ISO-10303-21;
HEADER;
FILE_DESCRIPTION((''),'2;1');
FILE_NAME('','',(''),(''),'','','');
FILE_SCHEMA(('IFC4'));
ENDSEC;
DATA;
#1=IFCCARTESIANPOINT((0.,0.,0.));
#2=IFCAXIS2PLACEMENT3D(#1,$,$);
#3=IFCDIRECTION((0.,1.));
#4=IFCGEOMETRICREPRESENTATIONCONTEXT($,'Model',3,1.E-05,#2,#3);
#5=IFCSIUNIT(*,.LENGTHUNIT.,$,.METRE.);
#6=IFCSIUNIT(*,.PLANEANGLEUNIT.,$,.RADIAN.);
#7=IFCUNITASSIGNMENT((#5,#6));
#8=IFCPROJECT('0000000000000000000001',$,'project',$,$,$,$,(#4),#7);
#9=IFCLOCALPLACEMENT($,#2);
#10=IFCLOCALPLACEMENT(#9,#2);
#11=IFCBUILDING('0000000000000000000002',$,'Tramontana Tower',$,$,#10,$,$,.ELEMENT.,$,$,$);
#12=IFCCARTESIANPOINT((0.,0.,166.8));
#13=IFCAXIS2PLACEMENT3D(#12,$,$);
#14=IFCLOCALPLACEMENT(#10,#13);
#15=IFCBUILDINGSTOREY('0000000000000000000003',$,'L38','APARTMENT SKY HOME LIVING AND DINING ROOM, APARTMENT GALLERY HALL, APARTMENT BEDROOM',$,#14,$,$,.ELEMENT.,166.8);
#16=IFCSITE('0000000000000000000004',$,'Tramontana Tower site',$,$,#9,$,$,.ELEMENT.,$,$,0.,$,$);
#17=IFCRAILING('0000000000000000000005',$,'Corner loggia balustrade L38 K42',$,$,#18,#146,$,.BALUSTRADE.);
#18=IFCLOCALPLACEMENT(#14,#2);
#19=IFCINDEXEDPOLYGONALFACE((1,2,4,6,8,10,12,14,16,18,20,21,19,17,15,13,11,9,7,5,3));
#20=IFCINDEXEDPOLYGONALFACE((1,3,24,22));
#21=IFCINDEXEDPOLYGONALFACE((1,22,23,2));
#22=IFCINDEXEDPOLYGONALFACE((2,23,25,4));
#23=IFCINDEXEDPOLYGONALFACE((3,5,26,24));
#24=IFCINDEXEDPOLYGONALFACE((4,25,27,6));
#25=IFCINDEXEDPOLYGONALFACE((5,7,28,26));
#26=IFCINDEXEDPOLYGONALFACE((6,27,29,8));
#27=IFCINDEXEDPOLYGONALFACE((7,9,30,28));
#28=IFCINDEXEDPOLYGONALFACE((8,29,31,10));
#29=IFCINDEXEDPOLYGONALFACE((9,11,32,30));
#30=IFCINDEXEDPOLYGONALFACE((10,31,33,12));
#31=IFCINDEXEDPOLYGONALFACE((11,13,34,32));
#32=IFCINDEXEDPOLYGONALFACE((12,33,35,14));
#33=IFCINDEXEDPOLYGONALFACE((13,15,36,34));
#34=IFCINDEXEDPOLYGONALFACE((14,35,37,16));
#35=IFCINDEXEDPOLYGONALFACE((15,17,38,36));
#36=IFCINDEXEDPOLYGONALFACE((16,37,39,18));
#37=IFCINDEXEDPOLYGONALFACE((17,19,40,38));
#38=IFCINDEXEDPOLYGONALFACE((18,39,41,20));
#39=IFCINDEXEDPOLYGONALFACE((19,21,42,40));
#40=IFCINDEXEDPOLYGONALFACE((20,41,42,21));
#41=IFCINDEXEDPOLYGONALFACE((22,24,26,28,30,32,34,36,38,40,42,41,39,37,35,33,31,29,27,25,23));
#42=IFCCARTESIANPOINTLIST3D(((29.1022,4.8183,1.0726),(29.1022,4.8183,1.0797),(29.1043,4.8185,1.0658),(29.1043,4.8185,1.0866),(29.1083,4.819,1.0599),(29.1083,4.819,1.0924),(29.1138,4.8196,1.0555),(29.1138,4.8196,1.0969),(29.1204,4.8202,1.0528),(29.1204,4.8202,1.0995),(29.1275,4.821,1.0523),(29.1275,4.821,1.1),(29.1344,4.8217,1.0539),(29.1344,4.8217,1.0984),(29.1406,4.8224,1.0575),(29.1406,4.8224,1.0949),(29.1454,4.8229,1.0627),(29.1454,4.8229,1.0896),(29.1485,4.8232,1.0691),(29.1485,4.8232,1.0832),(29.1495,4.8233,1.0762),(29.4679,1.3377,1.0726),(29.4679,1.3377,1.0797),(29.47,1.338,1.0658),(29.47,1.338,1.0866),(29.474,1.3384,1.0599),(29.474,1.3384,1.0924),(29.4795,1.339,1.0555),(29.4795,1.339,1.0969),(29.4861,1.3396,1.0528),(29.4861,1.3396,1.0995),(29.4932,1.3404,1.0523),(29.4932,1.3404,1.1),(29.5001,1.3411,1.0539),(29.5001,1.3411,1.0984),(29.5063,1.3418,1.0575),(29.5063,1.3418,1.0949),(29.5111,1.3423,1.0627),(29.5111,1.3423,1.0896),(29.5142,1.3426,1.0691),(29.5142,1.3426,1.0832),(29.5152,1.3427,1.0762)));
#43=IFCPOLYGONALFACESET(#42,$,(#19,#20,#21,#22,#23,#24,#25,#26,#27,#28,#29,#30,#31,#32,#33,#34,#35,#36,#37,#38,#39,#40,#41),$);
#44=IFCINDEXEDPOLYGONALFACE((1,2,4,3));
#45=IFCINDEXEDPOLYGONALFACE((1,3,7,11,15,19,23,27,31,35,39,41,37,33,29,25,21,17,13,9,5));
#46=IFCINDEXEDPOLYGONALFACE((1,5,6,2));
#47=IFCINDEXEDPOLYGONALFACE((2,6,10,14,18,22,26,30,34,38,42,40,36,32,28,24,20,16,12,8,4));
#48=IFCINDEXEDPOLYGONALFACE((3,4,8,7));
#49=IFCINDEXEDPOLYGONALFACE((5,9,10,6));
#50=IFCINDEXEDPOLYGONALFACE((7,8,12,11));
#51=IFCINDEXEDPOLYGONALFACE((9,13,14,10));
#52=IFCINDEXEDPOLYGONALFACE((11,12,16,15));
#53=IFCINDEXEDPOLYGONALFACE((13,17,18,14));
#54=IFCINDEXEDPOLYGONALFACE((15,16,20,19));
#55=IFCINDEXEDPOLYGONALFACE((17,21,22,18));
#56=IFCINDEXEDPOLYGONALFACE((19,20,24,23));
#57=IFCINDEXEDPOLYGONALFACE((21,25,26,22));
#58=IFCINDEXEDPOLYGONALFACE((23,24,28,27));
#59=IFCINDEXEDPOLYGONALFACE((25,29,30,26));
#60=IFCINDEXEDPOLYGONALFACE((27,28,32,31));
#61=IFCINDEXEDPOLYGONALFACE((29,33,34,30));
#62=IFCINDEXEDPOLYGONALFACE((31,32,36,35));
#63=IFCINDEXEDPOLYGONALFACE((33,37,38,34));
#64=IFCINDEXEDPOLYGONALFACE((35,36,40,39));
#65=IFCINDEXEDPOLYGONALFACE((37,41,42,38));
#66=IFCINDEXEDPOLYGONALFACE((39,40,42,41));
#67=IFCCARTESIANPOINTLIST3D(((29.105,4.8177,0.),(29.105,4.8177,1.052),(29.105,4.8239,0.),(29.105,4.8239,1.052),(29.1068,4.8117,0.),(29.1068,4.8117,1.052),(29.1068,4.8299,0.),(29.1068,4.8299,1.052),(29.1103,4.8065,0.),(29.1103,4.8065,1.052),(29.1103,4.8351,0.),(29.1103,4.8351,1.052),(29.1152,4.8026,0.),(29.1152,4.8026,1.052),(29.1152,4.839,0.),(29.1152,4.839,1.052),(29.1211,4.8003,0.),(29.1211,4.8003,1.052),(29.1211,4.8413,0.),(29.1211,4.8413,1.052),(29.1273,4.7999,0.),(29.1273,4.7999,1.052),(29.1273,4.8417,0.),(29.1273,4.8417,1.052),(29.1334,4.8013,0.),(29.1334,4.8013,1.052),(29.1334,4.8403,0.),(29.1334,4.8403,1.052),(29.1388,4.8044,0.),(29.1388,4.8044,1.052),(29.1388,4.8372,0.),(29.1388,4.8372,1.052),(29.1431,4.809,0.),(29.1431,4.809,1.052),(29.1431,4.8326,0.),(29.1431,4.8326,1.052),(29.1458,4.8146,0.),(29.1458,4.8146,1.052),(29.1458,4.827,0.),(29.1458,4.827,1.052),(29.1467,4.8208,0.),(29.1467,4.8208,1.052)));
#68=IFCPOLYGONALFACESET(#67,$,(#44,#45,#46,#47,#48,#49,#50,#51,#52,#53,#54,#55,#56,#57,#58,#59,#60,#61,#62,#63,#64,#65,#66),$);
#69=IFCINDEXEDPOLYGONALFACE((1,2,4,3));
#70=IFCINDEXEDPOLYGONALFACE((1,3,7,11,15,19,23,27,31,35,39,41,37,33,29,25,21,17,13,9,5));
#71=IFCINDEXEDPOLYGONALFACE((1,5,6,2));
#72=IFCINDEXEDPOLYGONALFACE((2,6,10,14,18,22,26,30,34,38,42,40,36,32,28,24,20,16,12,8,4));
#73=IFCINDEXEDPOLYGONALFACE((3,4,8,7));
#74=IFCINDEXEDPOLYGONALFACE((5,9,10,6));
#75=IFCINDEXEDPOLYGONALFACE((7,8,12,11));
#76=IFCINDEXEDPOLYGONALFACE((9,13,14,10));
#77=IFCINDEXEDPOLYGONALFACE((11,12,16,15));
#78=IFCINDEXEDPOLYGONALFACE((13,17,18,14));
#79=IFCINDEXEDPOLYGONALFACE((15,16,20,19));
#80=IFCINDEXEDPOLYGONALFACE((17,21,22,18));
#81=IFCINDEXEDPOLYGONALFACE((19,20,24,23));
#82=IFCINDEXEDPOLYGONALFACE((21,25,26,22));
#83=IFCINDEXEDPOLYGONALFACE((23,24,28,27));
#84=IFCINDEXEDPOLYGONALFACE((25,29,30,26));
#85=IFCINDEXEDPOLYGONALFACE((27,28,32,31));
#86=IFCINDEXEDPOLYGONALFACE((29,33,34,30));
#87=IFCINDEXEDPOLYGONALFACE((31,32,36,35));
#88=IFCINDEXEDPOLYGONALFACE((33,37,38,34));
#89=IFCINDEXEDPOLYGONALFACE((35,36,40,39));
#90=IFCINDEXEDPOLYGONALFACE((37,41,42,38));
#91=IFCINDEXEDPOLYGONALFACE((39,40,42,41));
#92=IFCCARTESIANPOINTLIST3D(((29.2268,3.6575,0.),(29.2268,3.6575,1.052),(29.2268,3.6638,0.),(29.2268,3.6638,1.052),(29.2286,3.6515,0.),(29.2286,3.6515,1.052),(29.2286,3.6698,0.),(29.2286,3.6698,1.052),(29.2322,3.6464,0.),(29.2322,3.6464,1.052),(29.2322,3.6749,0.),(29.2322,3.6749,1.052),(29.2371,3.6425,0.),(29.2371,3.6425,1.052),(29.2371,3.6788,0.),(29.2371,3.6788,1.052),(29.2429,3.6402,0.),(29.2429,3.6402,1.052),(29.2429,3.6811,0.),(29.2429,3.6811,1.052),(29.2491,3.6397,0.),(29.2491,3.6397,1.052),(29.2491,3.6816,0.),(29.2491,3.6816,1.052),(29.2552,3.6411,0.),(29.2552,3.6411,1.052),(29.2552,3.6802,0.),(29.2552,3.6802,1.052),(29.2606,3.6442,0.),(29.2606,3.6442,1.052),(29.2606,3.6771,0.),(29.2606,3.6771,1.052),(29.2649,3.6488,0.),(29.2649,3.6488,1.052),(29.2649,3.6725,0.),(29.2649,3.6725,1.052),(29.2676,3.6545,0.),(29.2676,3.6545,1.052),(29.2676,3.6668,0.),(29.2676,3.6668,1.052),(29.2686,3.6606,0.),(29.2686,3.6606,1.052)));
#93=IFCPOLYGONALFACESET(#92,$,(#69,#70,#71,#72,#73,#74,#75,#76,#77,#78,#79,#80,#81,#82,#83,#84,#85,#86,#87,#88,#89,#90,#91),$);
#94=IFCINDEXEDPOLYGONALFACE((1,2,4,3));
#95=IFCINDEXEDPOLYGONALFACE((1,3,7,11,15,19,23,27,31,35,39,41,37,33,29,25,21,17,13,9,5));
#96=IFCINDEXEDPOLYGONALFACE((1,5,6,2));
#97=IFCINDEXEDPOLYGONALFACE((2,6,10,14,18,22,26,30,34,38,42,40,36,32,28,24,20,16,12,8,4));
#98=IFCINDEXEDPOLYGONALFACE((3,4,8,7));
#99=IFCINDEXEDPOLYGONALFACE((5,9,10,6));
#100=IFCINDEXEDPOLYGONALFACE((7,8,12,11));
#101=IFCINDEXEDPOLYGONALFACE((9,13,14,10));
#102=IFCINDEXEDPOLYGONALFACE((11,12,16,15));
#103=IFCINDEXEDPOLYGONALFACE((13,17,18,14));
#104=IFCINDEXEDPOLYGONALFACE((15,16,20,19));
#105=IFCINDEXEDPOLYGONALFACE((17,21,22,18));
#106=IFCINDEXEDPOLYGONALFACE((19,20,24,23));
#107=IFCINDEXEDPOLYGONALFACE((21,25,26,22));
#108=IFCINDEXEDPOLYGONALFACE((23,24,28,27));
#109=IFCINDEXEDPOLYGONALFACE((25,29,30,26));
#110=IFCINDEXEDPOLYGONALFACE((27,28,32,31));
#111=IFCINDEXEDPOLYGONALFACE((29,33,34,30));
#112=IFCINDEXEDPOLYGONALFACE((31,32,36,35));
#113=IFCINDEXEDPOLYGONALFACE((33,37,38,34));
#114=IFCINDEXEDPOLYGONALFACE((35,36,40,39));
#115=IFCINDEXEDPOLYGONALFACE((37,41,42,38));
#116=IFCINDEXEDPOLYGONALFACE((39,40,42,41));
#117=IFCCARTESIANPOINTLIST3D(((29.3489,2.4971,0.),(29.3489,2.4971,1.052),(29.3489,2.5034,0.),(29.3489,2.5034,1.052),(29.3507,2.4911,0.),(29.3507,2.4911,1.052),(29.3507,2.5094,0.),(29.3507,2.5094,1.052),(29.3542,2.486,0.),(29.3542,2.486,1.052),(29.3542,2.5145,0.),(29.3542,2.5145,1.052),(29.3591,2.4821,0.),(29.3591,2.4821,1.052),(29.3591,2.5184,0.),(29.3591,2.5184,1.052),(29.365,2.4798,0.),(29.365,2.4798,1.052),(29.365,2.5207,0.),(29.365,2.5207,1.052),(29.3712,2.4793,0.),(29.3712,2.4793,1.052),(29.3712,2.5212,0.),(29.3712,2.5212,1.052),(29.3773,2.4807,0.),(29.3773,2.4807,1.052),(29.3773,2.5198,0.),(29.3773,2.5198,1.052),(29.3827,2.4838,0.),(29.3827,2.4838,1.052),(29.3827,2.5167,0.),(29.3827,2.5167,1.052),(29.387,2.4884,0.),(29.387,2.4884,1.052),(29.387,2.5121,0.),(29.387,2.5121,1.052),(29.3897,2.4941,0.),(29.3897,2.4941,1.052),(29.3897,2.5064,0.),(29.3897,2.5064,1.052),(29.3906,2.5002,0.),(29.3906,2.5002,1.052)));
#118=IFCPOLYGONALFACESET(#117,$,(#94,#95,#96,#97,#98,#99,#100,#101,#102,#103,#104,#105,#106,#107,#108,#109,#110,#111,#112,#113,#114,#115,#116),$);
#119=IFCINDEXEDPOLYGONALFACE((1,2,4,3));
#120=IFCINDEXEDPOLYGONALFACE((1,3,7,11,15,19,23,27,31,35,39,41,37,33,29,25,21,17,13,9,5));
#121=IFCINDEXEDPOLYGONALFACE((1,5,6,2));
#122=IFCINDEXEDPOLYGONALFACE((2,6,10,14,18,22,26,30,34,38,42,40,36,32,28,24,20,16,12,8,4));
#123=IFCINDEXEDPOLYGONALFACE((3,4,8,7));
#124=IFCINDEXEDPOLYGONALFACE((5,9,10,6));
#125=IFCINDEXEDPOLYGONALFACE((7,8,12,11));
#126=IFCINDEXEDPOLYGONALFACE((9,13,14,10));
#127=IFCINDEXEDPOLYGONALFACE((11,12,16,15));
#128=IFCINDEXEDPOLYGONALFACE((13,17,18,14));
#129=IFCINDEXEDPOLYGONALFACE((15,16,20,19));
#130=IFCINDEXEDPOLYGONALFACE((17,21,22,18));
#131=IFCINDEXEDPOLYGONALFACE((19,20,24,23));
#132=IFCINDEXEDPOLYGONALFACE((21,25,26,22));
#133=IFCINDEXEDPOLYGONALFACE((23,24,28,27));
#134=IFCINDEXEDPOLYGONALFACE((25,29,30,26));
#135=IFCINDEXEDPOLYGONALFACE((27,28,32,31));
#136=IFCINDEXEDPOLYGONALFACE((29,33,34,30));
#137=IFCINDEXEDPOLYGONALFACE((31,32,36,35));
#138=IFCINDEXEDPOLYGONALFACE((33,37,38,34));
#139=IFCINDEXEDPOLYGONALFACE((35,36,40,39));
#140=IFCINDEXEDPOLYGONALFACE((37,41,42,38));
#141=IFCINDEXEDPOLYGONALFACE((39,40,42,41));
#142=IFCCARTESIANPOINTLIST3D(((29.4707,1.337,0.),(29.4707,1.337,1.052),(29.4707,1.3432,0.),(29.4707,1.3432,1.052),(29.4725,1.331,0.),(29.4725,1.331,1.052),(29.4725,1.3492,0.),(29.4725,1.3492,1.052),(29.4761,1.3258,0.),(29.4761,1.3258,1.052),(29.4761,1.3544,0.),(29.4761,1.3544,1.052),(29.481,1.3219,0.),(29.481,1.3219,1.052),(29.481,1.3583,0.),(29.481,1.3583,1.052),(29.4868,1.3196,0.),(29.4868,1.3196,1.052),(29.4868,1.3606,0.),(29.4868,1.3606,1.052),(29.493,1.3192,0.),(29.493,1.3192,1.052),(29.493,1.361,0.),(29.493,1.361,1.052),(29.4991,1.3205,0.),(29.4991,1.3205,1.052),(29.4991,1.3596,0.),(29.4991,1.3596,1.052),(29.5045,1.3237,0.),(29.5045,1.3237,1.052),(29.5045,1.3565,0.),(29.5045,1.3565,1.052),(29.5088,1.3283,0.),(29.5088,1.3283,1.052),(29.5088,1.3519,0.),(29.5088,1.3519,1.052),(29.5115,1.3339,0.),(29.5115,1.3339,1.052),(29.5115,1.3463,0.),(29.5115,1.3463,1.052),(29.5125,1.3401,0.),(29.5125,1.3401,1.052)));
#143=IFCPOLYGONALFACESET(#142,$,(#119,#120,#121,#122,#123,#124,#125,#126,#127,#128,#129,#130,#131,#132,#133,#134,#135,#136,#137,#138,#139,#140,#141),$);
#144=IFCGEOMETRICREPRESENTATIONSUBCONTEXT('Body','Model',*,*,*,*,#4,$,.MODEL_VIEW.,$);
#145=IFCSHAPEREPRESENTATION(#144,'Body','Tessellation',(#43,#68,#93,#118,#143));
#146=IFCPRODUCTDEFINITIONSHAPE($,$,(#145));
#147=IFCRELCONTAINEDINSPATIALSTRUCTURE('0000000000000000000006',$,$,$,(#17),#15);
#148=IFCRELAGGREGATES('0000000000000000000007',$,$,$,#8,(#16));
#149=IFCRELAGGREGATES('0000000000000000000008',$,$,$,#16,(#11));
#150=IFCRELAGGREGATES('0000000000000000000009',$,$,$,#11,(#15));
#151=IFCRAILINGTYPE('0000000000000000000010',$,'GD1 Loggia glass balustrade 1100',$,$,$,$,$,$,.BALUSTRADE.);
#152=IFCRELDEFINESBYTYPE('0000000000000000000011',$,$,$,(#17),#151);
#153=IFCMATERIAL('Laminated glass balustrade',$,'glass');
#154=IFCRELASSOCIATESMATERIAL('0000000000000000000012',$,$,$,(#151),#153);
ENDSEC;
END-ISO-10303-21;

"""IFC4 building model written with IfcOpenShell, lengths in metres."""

from ifc_helpers import new_model, si_unit, direction, frame, origin, origin_2d, place, context, subcontext, project, spatial, circle, extrude, material, type_object, element, save


model = new_model("IFC4")

# Units and contexts
model_context = context("Model", 3, precision=1e-05, world=origin(), true_north=direction((0.0, 1.0)))
body_context = subcontext(model_context, "Body", "Model", "MODEL_VIEW")
ifc_project = project(units=[si_unit("LENGTHUNIT", "METRE"), si_unit("PLANEANGLEUNIT", "RADIAN")], contexts=[model_context])

# Site, building, storey
site_placement = place(None, origin())
site = spatial("IfcSite", under=ifc_project, at=site_placement, Name="Tramontana Tower site", CompositionType="ELEMENT", RefElevation=0.0)
building_placement = place(site_placement, origin())
building = spatial("IfcBuilding", under=site, at=building_placement, Name="Tramontana Tower", CompositionType="ELEMENT")
storey_placement = place(building_placement, frame((0.0, 0.0, 166.8)))
storey = spatial("IfcBuildingStorey", under=building, at=storey_placement, Name="L38", Description="APARTMENT SKY HOME LIVING AND DINING ROOM, APARTMENT GALLERY HALL, APARTMENT BEDROOM", CompositionType="ELEMENT", Elevation=166.8)

# Railing
ifc_material_1 = material(Name="Laminated glass balustrade", Category="glass")
railing_type = type_object("IfcRailingType", Name="GD1 Loggia glass balustrade 1100", PredefinedType="BALUSTRADE", material=ifc_material_1)
railing_1_placement = place(storey_placement, frame((29.1257, 4.8208, 0.0)))
element("IfcRailing", 1, at=railing_1_placement, inside=storey, type_object=railing_type, Name="Corner loggia balustrade L38 K42", PredefinedType="BALUSTRADE", context=body_context, shape_type="SweptSolid", body=[
    extrude(circle(Radius=0.0239, at=origin_2d()), frame((0.0, 0.0, 1.0762), z_axis=(0.104496, -0.994525, 0.0), x_axis=(0.994525, 0.104496, 0.0)), (0.0, 0.0, 1.0), 3.4998),
    extrude(circle(Radius=0.021, at=origin_2d()), origin(), (0.0, 0.0, 1.0), 1.052),
    extrude(circle(Radius=0.021, at=origin_2d()), frame((0.1218, -1.1602, 0.0)), (0.0, 0.0, 1.0), 1.052),
    extrude(circle(Radius=0.021, at=origin_2d()), frame((0.2439, -2.3206, 0.0)), (0.0, 0.0, 1.0), 1.052),
    extrude(circle(Radius=0.021, at=origin_2d()), frame((0.3657, -3.4807, 0.0)), (0.0, 0.0, 1.0), 1.052),
])

save(model, "model.ifc")
